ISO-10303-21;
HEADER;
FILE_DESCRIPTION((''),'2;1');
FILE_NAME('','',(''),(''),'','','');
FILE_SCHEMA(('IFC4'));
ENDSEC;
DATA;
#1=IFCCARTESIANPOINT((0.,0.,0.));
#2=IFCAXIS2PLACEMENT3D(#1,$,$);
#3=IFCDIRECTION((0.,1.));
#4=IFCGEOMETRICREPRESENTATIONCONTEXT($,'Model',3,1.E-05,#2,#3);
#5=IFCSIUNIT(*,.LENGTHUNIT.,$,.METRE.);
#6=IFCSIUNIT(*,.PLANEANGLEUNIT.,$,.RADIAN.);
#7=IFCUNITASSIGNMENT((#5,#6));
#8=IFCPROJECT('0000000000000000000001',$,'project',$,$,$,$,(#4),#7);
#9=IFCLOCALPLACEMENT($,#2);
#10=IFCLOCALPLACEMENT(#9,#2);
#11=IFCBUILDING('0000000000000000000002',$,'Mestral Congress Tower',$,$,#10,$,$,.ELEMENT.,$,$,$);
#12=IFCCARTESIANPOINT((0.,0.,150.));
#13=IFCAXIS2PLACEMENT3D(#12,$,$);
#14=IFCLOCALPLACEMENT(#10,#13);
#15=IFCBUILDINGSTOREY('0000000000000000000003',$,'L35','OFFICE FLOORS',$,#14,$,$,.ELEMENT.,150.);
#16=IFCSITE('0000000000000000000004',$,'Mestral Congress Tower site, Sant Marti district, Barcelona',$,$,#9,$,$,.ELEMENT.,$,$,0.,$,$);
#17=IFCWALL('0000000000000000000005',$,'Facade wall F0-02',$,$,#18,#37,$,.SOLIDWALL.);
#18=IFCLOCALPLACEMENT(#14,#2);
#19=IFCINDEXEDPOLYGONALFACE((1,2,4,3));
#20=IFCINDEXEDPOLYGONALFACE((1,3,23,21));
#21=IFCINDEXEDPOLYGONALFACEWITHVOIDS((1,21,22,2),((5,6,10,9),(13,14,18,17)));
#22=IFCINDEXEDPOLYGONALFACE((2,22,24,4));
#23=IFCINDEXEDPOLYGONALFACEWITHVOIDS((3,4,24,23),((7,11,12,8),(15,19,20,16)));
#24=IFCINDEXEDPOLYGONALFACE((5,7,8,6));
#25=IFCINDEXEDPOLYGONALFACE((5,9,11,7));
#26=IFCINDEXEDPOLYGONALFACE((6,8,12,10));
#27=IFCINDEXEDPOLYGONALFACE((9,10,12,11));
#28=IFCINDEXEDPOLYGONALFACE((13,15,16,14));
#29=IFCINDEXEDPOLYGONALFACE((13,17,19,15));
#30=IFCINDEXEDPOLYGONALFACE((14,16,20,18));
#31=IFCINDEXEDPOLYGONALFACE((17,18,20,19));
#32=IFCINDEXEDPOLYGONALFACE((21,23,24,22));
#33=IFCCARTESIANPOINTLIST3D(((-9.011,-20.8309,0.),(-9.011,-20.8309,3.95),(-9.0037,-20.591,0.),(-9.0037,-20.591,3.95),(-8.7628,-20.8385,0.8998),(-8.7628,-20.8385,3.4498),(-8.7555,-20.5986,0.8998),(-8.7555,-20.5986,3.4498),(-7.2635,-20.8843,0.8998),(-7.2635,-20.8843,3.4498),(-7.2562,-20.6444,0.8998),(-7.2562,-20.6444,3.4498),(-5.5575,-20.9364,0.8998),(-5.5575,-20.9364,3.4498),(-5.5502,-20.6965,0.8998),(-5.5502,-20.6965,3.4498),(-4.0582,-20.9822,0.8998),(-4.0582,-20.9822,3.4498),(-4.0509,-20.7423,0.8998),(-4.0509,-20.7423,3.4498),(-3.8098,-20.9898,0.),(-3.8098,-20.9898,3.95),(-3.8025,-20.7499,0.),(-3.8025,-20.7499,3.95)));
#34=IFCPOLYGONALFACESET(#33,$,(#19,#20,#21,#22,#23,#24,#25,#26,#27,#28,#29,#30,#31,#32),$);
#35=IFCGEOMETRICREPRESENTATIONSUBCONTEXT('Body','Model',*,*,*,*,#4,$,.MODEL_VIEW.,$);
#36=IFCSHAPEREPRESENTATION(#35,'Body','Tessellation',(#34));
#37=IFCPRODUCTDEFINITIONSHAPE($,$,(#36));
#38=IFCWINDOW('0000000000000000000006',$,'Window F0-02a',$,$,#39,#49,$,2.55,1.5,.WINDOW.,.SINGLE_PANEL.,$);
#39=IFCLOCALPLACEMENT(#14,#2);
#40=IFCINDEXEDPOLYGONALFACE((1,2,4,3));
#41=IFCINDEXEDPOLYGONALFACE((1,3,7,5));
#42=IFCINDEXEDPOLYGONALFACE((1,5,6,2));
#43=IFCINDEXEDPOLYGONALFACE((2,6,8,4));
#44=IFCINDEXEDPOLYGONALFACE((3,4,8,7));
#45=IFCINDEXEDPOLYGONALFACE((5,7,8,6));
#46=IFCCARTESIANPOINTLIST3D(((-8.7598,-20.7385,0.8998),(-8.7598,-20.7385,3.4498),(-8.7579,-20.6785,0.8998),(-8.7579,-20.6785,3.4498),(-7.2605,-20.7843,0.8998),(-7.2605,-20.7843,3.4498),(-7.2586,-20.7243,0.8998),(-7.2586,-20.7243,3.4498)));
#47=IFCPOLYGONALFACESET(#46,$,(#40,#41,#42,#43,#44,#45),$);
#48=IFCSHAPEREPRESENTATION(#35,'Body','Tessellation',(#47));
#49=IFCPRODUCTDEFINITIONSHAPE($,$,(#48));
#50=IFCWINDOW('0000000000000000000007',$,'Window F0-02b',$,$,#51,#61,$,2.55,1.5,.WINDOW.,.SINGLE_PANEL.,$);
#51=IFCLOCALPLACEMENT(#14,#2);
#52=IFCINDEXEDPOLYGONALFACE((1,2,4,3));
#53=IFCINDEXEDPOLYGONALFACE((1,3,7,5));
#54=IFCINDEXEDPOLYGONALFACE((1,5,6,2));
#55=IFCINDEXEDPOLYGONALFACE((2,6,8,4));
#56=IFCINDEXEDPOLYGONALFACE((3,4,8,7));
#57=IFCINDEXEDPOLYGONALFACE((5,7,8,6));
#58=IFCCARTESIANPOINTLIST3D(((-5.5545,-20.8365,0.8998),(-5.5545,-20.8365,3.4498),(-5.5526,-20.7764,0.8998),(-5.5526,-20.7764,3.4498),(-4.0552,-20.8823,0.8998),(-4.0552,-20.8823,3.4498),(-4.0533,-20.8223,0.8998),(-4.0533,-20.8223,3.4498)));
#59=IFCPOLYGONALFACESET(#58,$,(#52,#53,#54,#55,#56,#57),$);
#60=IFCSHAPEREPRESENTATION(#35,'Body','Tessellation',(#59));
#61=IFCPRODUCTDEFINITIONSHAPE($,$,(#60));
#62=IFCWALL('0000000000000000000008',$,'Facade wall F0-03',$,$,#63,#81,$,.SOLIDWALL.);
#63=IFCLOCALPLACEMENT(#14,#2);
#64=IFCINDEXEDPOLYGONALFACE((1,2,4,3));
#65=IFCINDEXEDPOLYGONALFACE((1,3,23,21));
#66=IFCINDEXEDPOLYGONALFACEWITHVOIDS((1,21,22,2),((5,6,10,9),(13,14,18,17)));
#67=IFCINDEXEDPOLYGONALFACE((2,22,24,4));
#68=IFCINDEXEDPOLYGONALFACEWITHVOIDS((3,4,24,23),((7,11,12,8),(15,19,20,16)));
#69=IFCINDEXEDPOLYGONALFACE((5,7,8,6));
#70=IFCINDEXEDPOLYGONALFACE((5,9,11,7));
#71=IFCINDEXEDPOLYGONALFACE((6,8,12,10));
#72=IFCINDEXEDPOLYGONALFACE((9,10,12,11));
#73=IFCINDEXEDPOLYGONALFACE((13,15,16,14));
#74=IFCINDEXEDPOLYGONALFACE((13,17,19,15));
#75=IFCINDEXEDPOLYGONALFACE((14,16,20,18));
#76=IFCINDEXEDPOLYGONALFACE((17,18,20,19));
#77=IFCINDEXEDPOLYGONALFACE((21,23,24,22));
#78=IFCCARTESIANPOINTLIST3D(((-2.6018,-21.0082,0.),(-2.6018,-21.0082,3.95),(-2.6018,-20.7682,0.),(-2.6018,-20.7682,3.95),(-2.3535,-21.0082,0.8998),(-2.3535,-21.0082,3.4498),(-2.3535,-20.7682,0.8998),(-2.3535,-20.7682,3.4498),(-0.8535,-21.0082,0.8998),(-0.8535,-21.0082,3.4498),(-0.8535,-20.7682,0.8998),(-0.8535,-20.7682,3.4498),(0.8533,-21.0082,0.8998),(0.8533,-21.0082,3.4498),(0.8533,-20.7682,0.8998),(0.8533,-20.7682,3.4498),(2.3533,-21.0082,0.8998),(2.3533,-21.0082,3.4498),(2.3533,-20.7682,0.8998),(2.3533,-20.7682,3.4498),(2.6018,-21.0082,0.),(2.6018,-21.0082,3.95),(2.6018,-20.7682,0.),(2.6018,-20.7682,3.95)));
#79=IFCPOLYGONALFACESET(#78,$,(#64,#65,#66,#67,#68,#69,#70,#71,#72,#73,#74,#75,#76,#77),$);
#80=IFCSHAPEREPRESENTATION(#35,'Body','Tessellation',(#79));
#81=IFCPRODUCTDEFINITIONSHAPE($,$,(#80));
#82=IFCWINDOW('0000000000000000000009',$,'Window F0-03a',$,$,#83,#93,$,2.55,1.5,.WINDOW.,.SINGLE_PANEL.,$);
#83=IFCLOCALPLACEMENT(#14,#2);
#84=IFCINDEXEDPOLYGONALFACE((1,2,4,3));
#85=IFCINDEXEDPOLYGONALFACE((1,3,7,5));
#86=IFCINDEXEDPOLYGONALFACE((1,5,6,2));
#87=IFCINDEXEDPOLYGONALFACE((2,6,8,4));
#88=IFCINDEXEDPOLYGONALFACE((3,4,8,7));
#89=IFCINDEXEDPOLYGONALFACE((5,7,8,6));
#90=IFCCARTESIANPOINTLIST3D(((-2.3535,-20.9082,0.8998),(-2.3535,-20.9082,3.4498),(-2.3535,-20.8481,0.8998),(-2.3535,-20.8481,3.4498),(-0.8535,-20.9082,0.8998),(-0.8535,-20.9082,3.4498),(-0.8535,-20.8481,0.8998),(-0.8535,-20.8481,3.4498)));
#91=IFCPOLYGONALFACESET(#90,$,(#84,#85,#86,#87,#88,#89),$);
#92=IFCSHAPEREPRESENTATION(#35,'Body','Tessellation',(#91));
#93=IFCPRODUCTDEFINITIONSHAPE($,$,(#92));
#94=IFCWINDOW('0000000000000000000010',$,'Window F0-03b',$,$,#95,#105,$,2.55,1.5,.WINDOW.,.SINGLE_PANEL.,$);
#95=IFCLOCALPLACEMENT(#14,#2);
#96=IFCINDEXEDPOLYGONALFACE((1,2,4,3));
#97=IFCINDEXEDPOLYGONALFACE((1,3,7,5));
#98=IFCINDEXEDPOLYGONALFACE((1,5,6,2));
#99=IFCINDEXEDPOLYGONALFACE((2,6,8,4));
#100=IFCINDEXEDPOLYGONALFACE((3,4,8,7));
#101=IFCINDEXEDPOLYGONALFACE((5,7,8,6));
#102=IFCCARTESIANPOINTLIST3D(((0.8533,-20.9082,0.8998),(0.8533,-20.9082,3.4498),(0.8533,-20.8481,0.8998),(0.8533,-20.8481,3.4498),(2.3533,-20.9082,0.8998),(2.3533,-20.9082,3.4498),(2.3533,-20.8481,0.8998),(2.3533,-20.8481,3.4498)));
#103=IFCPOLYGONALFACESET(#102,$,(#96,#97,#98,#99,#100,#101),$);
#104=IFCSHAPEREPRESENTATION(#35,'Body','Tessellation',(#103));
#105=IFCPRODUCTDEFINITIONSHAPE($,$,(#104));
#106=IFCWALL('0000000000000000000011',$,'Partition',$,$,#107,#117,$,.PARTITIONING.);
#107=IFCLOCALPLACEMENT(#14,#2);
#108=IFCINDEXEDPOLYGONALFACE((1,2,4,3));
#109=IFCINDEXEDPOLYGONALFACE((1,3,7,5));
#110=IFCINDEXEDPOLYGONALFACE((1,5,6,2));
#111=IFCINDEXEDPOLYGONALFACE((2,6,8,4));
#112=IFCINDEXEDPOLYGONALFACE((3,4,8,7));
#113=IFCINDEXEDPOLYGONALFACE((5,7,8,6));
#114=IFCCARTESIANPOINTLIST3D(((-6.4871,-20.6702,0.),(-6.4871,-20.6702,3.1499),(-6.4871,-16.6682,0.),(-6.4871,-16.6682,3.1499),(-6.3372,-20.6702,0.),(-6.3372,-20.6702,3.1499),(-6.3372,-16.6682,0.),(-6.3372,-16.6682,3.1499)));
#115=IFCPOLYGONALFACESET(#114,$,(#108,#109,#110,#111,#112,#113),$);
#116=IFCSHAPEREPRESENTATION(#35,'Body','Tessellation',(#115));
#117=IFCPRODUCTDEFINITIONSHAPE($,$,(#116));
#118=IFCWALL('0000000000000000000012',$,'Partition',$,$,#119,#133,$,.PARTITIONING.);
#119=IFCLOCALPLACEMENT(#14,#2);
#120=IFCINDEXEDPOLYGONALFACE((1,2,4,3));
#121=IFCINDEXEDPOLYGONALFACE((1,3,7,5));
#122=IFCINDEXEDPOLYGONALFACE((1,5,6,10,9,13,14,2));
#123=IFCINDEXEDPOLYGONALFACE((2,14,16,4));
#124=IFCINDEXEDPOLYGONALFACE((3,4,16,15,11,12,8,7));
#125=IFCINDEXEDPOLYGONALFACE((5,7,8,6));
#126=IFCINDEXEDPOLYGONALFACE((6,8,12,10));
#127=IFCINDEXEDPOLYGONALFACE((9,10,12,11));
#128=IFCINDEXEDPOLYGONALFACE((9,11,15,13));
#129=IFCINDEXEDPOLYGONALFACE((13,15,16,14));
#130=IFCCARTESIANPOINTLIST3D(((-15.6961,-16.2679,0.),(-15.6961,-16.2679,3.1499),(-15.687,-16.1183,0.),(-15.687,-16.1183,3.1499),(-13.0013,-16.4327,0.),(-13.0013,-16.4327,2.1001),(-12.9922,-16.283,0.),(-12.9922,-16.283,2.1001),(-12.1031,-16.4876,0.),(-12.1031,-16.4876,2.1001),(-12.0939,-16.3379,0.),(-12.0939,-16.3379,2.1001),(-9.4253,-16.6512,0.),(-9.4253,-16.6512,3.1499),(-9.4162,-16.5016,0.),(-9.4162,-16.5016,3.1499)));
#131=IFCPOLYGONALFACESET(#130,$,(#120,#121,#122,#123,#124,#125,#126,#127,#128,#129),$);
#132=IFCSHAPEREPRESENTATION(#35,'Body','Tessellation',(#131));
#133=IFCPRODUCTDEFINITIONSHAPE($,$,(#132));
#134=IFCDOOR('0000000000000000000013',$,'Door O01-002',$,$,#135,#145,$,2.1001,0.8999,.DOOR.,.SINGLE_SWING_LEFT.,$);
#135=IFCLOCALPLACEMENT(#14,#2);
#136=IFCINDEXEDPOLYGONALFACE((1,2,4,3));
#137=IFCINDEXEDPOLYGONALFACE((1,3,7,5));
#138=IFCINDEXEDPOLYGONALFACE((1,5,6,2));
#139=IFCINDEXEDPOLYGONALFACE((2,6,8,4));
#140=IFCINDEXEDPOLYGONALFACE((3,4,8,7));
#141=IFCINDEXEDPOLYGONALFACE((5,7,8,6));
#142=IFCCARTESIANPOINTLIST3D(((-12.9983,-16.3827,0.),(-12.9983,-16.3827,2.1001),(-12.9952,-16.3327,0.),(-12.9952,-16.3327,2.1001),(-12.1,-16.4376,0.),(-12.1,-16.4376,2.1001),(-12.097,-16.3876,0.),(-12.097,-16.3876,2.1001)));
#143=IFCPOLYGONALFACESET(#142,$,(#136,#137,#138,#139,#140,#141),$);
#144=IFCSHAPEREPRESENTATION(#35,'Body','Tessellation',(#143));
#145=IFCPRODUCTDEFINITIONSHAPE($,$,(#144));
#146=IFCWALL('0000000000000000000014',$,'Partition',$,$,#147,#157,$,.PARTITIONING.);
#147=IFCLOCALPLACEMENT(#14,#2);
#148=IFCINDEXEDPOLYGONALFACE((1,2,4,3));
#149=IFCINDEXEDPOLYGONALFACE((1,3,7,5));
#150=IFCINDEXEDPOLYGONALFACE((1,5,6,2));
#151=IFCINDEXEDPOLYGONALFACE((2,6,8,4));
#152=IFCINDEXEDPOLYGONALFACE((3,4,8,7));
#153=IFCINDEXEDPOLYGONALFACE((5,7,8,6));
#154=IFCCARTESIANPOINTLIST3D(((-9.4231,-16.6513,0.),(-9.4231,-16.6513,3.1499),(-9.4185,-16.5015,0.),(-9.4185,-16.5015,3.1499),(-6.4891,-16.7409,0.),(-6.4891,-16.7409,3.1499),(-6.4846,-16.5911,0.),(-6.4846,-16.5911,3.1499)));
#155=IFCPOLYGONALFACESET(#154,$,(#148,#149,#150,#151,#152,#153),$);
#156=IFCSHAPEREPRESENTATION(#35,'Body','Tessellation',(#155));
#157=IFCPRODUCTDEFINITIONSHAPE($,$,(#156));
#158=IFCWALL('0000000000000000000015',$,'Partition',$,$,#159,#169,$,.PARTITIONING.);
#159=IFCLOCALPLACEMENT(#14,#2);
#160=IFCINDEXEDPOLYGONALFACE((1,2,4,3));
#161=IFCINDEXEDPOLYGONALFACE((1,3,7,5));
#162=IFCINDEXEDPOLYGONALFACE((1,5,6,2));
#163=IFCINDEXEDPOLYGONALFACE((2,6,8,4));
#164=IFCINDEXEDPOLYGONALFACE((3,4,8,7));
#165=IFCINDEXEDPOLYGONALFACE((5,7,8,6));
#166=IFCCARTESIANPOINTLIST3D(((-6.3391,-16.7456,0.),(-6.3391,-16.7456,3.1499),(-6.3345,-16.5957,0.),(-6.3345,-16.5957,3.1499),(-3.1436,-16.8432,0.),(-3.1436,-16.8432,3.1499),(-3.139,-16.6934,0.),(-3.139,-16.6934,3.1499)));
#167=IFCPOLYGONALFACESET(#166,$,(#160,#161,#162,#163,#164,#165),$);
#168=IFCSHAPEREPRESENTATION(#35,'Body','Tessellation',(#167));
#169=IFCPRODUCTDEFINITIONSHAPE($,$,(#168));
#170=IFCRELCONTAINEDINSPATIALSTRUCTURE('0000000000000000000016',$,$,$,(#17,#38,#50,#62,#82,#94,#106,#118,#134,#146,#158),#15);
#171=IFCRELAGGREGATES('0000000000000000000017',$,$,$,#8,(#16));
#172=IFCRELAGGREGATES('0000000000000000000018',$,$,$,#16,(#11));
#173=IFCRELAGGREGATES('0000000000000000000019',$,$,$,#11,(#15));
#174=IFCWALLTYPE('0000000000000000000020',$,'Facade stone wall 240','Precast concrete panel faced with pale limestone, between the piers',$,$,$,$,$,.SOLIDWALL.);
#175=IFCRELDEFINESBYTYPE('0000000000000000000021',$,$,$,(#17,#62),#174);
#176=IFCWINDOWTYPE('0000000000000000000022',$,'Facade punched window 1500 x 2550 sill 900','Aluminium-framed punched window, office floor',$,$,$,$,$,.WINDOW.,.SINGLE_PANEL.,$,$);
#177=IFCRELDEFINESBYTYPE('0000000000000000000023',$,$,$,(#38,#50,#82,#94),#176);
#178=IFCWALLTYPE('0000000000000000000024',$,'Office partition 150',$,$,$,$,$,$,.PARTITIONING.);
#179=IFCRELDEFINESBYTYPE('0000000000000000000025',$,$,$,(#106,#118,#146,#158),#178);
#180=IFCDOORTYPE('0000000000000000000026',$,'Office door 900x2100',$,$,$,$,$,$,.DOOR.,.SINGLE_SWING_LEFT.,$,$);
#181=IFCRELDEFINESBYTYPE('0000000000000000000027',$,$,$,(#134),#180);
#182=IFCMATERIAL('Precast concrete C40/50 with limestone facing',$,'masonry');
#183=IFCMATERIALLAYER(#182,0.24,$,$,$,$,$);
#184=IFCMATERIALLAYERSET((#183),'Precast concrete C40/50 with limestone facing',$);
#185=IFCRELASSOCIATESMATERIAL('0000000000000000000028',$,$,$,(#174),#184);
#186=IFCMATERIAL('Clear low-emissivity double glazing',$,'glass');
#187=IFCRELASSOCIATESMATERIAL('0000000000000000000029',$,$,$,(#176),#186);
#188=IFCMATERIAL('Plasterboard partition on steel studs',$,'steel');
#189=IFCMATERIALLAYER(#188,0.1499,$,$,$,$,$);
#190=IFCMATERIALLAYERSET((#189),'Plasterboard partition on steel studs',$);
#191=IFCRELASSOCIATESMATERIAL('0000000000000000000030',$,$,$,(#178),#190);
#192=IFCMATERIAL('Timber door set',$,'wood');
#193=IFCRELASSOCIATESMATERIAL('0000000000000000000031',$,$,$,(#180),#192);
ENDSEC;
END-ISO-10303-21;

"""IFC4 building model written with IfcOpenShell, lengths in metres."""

from ifc_helpers import new_model, si_unit, direction, frame, frame_2d, origin, place, context, subcontext, project, spatial, rectangle, extrude, material, layer, layer_set, type_object, element, fill, save


model = new_model("IFC4")

# Units and contexts
model_context = context("Model", 3, precision=1e-05, world=origin(), true_north=direction((0.0, 1.0)))
body_context = subcontext(model_context, "Body", "Model", "MODEL_VIEW")
ifc_project = project(units=[si_unit("LENGTHUNIT", "METRE"), si_unit("PLANEANGLEUNIT", "RADIAN")], contexts=[model_context])

# Site, building, storey
site_placement = place(None, origin())
site = spatial("IfcSite", under=ifc_project, at=site_placement, Name="Mestral Congress Tower site, Sant Marti district, Barcelona", CompositionType="ELEMENT", RefElevation=0.0)
building_placement = place(site_placement, origin())
building = spatial("IfcBuilding", under=site, at=building_placement, Name="Mestral Congress Tower", CompositionType="ELEMENT")
storey_placement = place(building_placement, frame((0.0, 0.0, 150.0)))
storey = spatial("IfcBuildingStorey", under=building, at=storey_placement, Name="L35", Description="OFFICE FLOORS", CompositionType="ELEMENT", Elevation=150.0)

# Walls, openings, windows
ifc_material_1 = material(Name="Precast concrete C40/50 with limestone facing", Category="masonry")
ifc_layer_1 = layer(ifc_material_1, 0.24)
ifc_layer_set_1 = layer_set([ifc_layer_1], Name="Precast concrete C40/50 with limestone facing")
wall_type_1 = type_object("IfcWallType", Name="Facade stone wall 240", Description="Precast concrete panel faced with pale limestone, between the piers", PredefinedType="SOLIDWALL", material=ifc_layer_set_1)
wall_1_placement = place(storey_placement, frame((-9.0073, -20.7109, 0.0), z_axis=(0.0, 0.0, 1.0), x_axis=(0.999533, -0.030543, 0.0)))
wall_1 = element("IfcWall", 1, at=wall_1_placement, inside=storey, type_object=wall_type_1, Name="Facade wall F0-02", PredefinedType="SOLIDWALL", context=body_context, shape_type="SweptSolid", body=[
    extrude(rectangle(XDim=5.2036, YDim=0.24, at=frame_2d((2.6018, 0.0))), origin(), (0.0, 0.0, 1.0), 3.95),
])
opening_1_placement = place(wall_1_placement, frame((0.2483, 0.0, 0.8999)))
opening_1 = element("IfcOpeningElement", 2, at=opening_1_placement, cuts=wall_1, PredefinedType="OPENING", context=body_context, shape_type="SweptSolid", body=[
    extrude(rectangle(XDim=1.5, YDim=2.55, at=frame_2d((0.75, 1.2749))), frame((0.0, 0.1299, 0.0), z_axis=(0.0, -1.0, 0.0), x_axis=(1.0, 0.0, 0.0)), (0.0, 0.0, 1.0), 0.26),
])
opening_2_placement = place(wall_1_placement, frame((3.4551, 0.0, 0.8999)))
opening_2 = element("IfcOpeningElement", 3, at=opening_2_placement, cuts=wall_1, PredefinedType="OPENING", context=body_context, shape_type="SweptSolid", body=[
    extrude(rectangle(XDim=1.5, YDim=2.55, at=frame_2d((0.75, 1.2749))), frame((0.0, 0.1299, 0.0), z_axis=(0.0, -1.0, 0.0), x_axis=(1.0, 0.0, 0.0)), (0.0, 0.0, 1.0), 0.26),
])
ifc_material_2 = material(Name="Clear low-emissivity double glazing", Category="glass")
window_type = type_object("IfcWindowType", Name="Facade punched window 1500 x 2550 sill 900", Description="Aluminium-framed punched window, office floor", PartitioningType="SINGLE_PANEL", PredefinedType="WINDOW", material=ifc_material_2)
window_1_placement = place(opening_1_placement, origin())
window_1 = element("IfcWindow", 4, at=window_1_placement, inside=storey, type_object=window_type, Name="Window F0-02a", OverallHeight=2.55, OverallWidth=1.5, PartitioningType="SINGLE_PANEL", PredefinedType="WINDOW", context=body_context, shape_type="SweptSolid", body=[
    extrude(rectangle(XDim=1.5, YDim=2.55, at=frame_2d((0.75, 1.2749))), frame((0.0, 0.04, 0.0), z_axis=(0.0, -1.0, 0.0), x_axis=(1.0, 0.0, 0.0)), (0.0, 0.0, 1.0), 0.0601),
])
fill(opening_1, window_1)
window_2_placement = place(opening_2_placement, origin())
window_2 = element("IfcWindow", 5, at=window_2_placement, inside=storey, type_object=window_type, Name="Window F0-02b", OverallHeight=2.55, OverallWidth=1.5, PartitioningType="SINGLE_PANEL", PredefinedType="WINDOW", context=body_context, shape_type="SweptSolid", body=[
    extrude(rectangle(XDim=1.5, YDim=2.55, at=frame_2d((0.75, 1.2749))), frame((0.0, 0.04, 0.0), z_axis=(0.0, -1.0, 0.0), x_axis=(1.0, 0.0, 0.0)), (0.0, 0.0, 1.0), 0.0601),
])
fill(opening_2, window_2)
wall_2_placement = place(storey_placement, frame((-2.6018, -20.8882, 0.0), z_axis=(0.0, 0.0, 1.0), x_axis=(1.0, 0.0, 0.0)))
wall_2 = element("IfcWall", 6, at=wall_2_placement, inside=storey, type_object=wall_type_1, Name="Facade wall F0-03", PredefinedType="SOLIDWALL", context=body_context, shape_type="SweptSolid", body=[
    extrude(rectangle(XDim=5.2036, YDim=0.24, at=frame_2d((2.6018, 0.0))), origin(), (0.0, 0.0, 1.0), 3.95),
])
opening_3_placement = place(wall_2_placement, frame((0.2483, 0.0, 0.8999)))
opening_3 = element("IfcOpeningElement", 7, at=opening_3_placement, cuts=wall_2, PredefinedType="OPENING", context=body_context, shape_type="SweptSolid", body=[
    extrude(rectangle(XDim=1.5, YDim=2.55, at=frame_2d((0.75, 1.2749))), frame((0.0, 0.1299, 0.0), z_axis=(0.0, -1.0, 0.0), x_axis=(1.0, 0.0, 0.0)), (0.0, 0.0, 1.0), 0.26),
])
opening_4_placement = place(wall_2_placement, frame((3.4551, 0.0, 0.8999)))
opening_4 = element("IfcOpeningElement", 8, at=opening_4_placement, cuts=wall_2, PredefinedType="OPENING", context=body_context, shape_type="SweptSolid", body=[
    extrude(rectangle(XDim=1.5, YDim=2.55, at=frame_2d((0.75, 1.2749))), frame((0.0, 0.1299, 0.0), z_axis=(0.0, -1.0, 0.0), x_axis=(1.0, 0.0, 0.0)), (0.0, 0.0, 1.0), 0.26),
])
window_3_placement = place(opening_3_placement, origin())
window_3 = element("IfcWindow", 9, at=window_3_placement, inside=storey, type_object=window_type, Name="Window F0-03a", OverallHeight=2.55, OverallWidth=1.5, PartitioningType="SINGLE_PANEL", PredefinedType="WINDOW", context=body_context, shape_type="SweptSolid", body=[
    extrude(rectangle(XDim=1.5, YDim=2.55, at=frame_2d((0.75, 1.2749))), frame((0.0, 0.04, 0.0), z_axis=(0.0, -1.0, 0.0), x_axis=(1.0, 0.0, 0.0)), (0.0, 0.0, 1.0), 0.0601),
])
fill(opening_3, window_3)
window_4_placement = place(opening_4_placement, origin())
window_4 = element("IfcWindow", 10, at=window_4_placement, inside=storey, type_object=window_type, Name="Window F0-03b", OverallHeight=2.55, OverallWidth=1.5, PartitioningType="SINGLE_PANEL", PredefinedType="WINDOW", context=body_context, shape_type="SweptSolid", body=[
    extrude(rectangle(XDim=1.5, YDim=2.55, at=frame_2d((0.75, 1.2749))), frame((0.0, 0.04, 0.0), z_axis=(0.0, -1.0, 0.0), x_axis=(1.0, 0.0, 0.0)), (0.0, 0.0, 1.0), 0.0601),
])
fill(opening_4, window_4)

# Wall
ifc_material_3 = material(Name="Plasterboard partition on steel studs", Category="steel")
ifc_layer_2 = layer(ifc_material_3, 0.1499)
ifc_layer_set_2 = layer_set([ifc_layer_2], Name="Plasterboard partition on steel studs")
wall_type_2 = type_object("IfcWallType", Name="Office partition 150", PredefinedType="PARTITIONING", material=ifc_layer_set_2)
wall_3_placement = place(storey_placement, frame((-6.4121, -16.6682, 0.0), z_axis=(0.0, 0.0, 1.0), x_axis=(0.0, -1.0, 0.0)))
element("IfcWall", 11, at=wall_3_placement, inside=storey, type_object=wall_type_2, Name="Partition", PredefinedType="PARTITIONING", context=body_context, shape_type="SweptSolid", body=[
    extrude(rectangle(XDim=4.002, YDim=0.1499, at=frame_2d((2.001, 0.0))), origin(), (0.0, 0.0, 1.0), 3.1499),
])

# Wall, opening, door
wall_4_placement = place(storey_placement, frame((-9.4209, -16.5764, 0.0), z_axis=(0.0, 0.0, 1.0), x_axis=(-0.998137, 0.061011, 0.0)))
wall_4 = element("IfcWall", 12, at=wall_4_placement, inside=storey, type_object=wall_type_2, Name="Partition", PredefinedType="PARTITIONING", context=body_context, shape_type="SweptSolid", body=[
    extrude(rectangle(XDim=6.2825, YDim=0.1499, at=frame_2d((3.1411, 0.0))), origin(), (0.0, 0.0, 1.0), 3.1499),
])
opening_5_placement = place(wall_4_placement, frame((2.6826, 0.0, 0.0)))
opening_5 = element("IfcOpeningElement", 13, at=opening_5_placement, cuts=wall_4, PredefinedType="OPENING", context=body_context, shape_type="SweptSolid", body=[
    extrude(rectangle(XDim=0.8999, YDim=2.1001, at=frame_2d((0.45, 1.05))), frame((0.0, 0.085, 0.0), z_axis=(0.0, -1.0, 0.0), x_axis=(1.0, 0.0, 0.0)), (0.0, 0.0, 1.0), 0.1699),
])
ifc_material_4 = material(Name="Timber door set", Category="wood")
door_type_1 = type_object("IfcDoorType", Name="Office door 900x2100", OperationType="SINGLE_SWING_LEFT", PredefinedType="DOOR", material=ifc_material_4)
door_1_placement = place(opening_5_placement, origin())
door_1 = element("IfcDoor", 14, at=door_1_placement, inside=storey, type_object=door_type_1, Name="Door O01-002", OperationType="SINGLE_SWING_LEFT", OverallHeight=2.1001, OverallWidth=0.8999, PredefinedType="DOOR", context=body_context, shape_type="SweptSolid", body=[
    extrude(rectangle(XDim=0.8999, YDim=2.1001, at=frame_2d((0.45, 1.05))), frame((0.0, 0.0249, 0.0), z_axis=(0.0, -1.0, 0.0), x_axis=(1.0, 0.0, 0.0)), (0.0, 0.0, 1.0), 0.05),
])
fill(opening_5, door_1)

# Walls
wall_5_placement = place(storey_placement, frame((-9.4209, -16.5764, 0.0), z_axis=(0.0, 0.0, 1.0), x_axis=(0.999534, -0.030526, 0.0)))
element("IfcWall", 15, at=wall_5_placement, inside=storey, type_object=wall_type_2, Name="Partition", PredefinedType="PARTITIONING", context=body_context, shape_type="SweptSolid", body=[
    extrude(rectangle(XDim=2.9353, YDim=0.1499, at=frame_2d((1.4678, 0.0))), origin(), (0.0, 0.0, 1.0), 3.1499),
])
wall_6_placement = place(storey_placement, frame((-6.3369, -16.6707, 0.0), z_axis=(0.0, 0.0, 1.0), x_axis=(0.999533, -0.030546, 0.0)))
element("IfcWall", 16, at=wall_6_placement, inside=storey, type_object=wall_type_2, Name="Partition", PredefinedType="PARTITIONING", context=body_context, shape_type="SweptSolid", body=[
    extrude(rectangle(XDim=3.197, YDim=0.1499, at=frame_2d((1.5986, 0.0))), origin(), (0.0, 0.0, 1.0), 3.1499),
])

save(model, "model.ifc")
